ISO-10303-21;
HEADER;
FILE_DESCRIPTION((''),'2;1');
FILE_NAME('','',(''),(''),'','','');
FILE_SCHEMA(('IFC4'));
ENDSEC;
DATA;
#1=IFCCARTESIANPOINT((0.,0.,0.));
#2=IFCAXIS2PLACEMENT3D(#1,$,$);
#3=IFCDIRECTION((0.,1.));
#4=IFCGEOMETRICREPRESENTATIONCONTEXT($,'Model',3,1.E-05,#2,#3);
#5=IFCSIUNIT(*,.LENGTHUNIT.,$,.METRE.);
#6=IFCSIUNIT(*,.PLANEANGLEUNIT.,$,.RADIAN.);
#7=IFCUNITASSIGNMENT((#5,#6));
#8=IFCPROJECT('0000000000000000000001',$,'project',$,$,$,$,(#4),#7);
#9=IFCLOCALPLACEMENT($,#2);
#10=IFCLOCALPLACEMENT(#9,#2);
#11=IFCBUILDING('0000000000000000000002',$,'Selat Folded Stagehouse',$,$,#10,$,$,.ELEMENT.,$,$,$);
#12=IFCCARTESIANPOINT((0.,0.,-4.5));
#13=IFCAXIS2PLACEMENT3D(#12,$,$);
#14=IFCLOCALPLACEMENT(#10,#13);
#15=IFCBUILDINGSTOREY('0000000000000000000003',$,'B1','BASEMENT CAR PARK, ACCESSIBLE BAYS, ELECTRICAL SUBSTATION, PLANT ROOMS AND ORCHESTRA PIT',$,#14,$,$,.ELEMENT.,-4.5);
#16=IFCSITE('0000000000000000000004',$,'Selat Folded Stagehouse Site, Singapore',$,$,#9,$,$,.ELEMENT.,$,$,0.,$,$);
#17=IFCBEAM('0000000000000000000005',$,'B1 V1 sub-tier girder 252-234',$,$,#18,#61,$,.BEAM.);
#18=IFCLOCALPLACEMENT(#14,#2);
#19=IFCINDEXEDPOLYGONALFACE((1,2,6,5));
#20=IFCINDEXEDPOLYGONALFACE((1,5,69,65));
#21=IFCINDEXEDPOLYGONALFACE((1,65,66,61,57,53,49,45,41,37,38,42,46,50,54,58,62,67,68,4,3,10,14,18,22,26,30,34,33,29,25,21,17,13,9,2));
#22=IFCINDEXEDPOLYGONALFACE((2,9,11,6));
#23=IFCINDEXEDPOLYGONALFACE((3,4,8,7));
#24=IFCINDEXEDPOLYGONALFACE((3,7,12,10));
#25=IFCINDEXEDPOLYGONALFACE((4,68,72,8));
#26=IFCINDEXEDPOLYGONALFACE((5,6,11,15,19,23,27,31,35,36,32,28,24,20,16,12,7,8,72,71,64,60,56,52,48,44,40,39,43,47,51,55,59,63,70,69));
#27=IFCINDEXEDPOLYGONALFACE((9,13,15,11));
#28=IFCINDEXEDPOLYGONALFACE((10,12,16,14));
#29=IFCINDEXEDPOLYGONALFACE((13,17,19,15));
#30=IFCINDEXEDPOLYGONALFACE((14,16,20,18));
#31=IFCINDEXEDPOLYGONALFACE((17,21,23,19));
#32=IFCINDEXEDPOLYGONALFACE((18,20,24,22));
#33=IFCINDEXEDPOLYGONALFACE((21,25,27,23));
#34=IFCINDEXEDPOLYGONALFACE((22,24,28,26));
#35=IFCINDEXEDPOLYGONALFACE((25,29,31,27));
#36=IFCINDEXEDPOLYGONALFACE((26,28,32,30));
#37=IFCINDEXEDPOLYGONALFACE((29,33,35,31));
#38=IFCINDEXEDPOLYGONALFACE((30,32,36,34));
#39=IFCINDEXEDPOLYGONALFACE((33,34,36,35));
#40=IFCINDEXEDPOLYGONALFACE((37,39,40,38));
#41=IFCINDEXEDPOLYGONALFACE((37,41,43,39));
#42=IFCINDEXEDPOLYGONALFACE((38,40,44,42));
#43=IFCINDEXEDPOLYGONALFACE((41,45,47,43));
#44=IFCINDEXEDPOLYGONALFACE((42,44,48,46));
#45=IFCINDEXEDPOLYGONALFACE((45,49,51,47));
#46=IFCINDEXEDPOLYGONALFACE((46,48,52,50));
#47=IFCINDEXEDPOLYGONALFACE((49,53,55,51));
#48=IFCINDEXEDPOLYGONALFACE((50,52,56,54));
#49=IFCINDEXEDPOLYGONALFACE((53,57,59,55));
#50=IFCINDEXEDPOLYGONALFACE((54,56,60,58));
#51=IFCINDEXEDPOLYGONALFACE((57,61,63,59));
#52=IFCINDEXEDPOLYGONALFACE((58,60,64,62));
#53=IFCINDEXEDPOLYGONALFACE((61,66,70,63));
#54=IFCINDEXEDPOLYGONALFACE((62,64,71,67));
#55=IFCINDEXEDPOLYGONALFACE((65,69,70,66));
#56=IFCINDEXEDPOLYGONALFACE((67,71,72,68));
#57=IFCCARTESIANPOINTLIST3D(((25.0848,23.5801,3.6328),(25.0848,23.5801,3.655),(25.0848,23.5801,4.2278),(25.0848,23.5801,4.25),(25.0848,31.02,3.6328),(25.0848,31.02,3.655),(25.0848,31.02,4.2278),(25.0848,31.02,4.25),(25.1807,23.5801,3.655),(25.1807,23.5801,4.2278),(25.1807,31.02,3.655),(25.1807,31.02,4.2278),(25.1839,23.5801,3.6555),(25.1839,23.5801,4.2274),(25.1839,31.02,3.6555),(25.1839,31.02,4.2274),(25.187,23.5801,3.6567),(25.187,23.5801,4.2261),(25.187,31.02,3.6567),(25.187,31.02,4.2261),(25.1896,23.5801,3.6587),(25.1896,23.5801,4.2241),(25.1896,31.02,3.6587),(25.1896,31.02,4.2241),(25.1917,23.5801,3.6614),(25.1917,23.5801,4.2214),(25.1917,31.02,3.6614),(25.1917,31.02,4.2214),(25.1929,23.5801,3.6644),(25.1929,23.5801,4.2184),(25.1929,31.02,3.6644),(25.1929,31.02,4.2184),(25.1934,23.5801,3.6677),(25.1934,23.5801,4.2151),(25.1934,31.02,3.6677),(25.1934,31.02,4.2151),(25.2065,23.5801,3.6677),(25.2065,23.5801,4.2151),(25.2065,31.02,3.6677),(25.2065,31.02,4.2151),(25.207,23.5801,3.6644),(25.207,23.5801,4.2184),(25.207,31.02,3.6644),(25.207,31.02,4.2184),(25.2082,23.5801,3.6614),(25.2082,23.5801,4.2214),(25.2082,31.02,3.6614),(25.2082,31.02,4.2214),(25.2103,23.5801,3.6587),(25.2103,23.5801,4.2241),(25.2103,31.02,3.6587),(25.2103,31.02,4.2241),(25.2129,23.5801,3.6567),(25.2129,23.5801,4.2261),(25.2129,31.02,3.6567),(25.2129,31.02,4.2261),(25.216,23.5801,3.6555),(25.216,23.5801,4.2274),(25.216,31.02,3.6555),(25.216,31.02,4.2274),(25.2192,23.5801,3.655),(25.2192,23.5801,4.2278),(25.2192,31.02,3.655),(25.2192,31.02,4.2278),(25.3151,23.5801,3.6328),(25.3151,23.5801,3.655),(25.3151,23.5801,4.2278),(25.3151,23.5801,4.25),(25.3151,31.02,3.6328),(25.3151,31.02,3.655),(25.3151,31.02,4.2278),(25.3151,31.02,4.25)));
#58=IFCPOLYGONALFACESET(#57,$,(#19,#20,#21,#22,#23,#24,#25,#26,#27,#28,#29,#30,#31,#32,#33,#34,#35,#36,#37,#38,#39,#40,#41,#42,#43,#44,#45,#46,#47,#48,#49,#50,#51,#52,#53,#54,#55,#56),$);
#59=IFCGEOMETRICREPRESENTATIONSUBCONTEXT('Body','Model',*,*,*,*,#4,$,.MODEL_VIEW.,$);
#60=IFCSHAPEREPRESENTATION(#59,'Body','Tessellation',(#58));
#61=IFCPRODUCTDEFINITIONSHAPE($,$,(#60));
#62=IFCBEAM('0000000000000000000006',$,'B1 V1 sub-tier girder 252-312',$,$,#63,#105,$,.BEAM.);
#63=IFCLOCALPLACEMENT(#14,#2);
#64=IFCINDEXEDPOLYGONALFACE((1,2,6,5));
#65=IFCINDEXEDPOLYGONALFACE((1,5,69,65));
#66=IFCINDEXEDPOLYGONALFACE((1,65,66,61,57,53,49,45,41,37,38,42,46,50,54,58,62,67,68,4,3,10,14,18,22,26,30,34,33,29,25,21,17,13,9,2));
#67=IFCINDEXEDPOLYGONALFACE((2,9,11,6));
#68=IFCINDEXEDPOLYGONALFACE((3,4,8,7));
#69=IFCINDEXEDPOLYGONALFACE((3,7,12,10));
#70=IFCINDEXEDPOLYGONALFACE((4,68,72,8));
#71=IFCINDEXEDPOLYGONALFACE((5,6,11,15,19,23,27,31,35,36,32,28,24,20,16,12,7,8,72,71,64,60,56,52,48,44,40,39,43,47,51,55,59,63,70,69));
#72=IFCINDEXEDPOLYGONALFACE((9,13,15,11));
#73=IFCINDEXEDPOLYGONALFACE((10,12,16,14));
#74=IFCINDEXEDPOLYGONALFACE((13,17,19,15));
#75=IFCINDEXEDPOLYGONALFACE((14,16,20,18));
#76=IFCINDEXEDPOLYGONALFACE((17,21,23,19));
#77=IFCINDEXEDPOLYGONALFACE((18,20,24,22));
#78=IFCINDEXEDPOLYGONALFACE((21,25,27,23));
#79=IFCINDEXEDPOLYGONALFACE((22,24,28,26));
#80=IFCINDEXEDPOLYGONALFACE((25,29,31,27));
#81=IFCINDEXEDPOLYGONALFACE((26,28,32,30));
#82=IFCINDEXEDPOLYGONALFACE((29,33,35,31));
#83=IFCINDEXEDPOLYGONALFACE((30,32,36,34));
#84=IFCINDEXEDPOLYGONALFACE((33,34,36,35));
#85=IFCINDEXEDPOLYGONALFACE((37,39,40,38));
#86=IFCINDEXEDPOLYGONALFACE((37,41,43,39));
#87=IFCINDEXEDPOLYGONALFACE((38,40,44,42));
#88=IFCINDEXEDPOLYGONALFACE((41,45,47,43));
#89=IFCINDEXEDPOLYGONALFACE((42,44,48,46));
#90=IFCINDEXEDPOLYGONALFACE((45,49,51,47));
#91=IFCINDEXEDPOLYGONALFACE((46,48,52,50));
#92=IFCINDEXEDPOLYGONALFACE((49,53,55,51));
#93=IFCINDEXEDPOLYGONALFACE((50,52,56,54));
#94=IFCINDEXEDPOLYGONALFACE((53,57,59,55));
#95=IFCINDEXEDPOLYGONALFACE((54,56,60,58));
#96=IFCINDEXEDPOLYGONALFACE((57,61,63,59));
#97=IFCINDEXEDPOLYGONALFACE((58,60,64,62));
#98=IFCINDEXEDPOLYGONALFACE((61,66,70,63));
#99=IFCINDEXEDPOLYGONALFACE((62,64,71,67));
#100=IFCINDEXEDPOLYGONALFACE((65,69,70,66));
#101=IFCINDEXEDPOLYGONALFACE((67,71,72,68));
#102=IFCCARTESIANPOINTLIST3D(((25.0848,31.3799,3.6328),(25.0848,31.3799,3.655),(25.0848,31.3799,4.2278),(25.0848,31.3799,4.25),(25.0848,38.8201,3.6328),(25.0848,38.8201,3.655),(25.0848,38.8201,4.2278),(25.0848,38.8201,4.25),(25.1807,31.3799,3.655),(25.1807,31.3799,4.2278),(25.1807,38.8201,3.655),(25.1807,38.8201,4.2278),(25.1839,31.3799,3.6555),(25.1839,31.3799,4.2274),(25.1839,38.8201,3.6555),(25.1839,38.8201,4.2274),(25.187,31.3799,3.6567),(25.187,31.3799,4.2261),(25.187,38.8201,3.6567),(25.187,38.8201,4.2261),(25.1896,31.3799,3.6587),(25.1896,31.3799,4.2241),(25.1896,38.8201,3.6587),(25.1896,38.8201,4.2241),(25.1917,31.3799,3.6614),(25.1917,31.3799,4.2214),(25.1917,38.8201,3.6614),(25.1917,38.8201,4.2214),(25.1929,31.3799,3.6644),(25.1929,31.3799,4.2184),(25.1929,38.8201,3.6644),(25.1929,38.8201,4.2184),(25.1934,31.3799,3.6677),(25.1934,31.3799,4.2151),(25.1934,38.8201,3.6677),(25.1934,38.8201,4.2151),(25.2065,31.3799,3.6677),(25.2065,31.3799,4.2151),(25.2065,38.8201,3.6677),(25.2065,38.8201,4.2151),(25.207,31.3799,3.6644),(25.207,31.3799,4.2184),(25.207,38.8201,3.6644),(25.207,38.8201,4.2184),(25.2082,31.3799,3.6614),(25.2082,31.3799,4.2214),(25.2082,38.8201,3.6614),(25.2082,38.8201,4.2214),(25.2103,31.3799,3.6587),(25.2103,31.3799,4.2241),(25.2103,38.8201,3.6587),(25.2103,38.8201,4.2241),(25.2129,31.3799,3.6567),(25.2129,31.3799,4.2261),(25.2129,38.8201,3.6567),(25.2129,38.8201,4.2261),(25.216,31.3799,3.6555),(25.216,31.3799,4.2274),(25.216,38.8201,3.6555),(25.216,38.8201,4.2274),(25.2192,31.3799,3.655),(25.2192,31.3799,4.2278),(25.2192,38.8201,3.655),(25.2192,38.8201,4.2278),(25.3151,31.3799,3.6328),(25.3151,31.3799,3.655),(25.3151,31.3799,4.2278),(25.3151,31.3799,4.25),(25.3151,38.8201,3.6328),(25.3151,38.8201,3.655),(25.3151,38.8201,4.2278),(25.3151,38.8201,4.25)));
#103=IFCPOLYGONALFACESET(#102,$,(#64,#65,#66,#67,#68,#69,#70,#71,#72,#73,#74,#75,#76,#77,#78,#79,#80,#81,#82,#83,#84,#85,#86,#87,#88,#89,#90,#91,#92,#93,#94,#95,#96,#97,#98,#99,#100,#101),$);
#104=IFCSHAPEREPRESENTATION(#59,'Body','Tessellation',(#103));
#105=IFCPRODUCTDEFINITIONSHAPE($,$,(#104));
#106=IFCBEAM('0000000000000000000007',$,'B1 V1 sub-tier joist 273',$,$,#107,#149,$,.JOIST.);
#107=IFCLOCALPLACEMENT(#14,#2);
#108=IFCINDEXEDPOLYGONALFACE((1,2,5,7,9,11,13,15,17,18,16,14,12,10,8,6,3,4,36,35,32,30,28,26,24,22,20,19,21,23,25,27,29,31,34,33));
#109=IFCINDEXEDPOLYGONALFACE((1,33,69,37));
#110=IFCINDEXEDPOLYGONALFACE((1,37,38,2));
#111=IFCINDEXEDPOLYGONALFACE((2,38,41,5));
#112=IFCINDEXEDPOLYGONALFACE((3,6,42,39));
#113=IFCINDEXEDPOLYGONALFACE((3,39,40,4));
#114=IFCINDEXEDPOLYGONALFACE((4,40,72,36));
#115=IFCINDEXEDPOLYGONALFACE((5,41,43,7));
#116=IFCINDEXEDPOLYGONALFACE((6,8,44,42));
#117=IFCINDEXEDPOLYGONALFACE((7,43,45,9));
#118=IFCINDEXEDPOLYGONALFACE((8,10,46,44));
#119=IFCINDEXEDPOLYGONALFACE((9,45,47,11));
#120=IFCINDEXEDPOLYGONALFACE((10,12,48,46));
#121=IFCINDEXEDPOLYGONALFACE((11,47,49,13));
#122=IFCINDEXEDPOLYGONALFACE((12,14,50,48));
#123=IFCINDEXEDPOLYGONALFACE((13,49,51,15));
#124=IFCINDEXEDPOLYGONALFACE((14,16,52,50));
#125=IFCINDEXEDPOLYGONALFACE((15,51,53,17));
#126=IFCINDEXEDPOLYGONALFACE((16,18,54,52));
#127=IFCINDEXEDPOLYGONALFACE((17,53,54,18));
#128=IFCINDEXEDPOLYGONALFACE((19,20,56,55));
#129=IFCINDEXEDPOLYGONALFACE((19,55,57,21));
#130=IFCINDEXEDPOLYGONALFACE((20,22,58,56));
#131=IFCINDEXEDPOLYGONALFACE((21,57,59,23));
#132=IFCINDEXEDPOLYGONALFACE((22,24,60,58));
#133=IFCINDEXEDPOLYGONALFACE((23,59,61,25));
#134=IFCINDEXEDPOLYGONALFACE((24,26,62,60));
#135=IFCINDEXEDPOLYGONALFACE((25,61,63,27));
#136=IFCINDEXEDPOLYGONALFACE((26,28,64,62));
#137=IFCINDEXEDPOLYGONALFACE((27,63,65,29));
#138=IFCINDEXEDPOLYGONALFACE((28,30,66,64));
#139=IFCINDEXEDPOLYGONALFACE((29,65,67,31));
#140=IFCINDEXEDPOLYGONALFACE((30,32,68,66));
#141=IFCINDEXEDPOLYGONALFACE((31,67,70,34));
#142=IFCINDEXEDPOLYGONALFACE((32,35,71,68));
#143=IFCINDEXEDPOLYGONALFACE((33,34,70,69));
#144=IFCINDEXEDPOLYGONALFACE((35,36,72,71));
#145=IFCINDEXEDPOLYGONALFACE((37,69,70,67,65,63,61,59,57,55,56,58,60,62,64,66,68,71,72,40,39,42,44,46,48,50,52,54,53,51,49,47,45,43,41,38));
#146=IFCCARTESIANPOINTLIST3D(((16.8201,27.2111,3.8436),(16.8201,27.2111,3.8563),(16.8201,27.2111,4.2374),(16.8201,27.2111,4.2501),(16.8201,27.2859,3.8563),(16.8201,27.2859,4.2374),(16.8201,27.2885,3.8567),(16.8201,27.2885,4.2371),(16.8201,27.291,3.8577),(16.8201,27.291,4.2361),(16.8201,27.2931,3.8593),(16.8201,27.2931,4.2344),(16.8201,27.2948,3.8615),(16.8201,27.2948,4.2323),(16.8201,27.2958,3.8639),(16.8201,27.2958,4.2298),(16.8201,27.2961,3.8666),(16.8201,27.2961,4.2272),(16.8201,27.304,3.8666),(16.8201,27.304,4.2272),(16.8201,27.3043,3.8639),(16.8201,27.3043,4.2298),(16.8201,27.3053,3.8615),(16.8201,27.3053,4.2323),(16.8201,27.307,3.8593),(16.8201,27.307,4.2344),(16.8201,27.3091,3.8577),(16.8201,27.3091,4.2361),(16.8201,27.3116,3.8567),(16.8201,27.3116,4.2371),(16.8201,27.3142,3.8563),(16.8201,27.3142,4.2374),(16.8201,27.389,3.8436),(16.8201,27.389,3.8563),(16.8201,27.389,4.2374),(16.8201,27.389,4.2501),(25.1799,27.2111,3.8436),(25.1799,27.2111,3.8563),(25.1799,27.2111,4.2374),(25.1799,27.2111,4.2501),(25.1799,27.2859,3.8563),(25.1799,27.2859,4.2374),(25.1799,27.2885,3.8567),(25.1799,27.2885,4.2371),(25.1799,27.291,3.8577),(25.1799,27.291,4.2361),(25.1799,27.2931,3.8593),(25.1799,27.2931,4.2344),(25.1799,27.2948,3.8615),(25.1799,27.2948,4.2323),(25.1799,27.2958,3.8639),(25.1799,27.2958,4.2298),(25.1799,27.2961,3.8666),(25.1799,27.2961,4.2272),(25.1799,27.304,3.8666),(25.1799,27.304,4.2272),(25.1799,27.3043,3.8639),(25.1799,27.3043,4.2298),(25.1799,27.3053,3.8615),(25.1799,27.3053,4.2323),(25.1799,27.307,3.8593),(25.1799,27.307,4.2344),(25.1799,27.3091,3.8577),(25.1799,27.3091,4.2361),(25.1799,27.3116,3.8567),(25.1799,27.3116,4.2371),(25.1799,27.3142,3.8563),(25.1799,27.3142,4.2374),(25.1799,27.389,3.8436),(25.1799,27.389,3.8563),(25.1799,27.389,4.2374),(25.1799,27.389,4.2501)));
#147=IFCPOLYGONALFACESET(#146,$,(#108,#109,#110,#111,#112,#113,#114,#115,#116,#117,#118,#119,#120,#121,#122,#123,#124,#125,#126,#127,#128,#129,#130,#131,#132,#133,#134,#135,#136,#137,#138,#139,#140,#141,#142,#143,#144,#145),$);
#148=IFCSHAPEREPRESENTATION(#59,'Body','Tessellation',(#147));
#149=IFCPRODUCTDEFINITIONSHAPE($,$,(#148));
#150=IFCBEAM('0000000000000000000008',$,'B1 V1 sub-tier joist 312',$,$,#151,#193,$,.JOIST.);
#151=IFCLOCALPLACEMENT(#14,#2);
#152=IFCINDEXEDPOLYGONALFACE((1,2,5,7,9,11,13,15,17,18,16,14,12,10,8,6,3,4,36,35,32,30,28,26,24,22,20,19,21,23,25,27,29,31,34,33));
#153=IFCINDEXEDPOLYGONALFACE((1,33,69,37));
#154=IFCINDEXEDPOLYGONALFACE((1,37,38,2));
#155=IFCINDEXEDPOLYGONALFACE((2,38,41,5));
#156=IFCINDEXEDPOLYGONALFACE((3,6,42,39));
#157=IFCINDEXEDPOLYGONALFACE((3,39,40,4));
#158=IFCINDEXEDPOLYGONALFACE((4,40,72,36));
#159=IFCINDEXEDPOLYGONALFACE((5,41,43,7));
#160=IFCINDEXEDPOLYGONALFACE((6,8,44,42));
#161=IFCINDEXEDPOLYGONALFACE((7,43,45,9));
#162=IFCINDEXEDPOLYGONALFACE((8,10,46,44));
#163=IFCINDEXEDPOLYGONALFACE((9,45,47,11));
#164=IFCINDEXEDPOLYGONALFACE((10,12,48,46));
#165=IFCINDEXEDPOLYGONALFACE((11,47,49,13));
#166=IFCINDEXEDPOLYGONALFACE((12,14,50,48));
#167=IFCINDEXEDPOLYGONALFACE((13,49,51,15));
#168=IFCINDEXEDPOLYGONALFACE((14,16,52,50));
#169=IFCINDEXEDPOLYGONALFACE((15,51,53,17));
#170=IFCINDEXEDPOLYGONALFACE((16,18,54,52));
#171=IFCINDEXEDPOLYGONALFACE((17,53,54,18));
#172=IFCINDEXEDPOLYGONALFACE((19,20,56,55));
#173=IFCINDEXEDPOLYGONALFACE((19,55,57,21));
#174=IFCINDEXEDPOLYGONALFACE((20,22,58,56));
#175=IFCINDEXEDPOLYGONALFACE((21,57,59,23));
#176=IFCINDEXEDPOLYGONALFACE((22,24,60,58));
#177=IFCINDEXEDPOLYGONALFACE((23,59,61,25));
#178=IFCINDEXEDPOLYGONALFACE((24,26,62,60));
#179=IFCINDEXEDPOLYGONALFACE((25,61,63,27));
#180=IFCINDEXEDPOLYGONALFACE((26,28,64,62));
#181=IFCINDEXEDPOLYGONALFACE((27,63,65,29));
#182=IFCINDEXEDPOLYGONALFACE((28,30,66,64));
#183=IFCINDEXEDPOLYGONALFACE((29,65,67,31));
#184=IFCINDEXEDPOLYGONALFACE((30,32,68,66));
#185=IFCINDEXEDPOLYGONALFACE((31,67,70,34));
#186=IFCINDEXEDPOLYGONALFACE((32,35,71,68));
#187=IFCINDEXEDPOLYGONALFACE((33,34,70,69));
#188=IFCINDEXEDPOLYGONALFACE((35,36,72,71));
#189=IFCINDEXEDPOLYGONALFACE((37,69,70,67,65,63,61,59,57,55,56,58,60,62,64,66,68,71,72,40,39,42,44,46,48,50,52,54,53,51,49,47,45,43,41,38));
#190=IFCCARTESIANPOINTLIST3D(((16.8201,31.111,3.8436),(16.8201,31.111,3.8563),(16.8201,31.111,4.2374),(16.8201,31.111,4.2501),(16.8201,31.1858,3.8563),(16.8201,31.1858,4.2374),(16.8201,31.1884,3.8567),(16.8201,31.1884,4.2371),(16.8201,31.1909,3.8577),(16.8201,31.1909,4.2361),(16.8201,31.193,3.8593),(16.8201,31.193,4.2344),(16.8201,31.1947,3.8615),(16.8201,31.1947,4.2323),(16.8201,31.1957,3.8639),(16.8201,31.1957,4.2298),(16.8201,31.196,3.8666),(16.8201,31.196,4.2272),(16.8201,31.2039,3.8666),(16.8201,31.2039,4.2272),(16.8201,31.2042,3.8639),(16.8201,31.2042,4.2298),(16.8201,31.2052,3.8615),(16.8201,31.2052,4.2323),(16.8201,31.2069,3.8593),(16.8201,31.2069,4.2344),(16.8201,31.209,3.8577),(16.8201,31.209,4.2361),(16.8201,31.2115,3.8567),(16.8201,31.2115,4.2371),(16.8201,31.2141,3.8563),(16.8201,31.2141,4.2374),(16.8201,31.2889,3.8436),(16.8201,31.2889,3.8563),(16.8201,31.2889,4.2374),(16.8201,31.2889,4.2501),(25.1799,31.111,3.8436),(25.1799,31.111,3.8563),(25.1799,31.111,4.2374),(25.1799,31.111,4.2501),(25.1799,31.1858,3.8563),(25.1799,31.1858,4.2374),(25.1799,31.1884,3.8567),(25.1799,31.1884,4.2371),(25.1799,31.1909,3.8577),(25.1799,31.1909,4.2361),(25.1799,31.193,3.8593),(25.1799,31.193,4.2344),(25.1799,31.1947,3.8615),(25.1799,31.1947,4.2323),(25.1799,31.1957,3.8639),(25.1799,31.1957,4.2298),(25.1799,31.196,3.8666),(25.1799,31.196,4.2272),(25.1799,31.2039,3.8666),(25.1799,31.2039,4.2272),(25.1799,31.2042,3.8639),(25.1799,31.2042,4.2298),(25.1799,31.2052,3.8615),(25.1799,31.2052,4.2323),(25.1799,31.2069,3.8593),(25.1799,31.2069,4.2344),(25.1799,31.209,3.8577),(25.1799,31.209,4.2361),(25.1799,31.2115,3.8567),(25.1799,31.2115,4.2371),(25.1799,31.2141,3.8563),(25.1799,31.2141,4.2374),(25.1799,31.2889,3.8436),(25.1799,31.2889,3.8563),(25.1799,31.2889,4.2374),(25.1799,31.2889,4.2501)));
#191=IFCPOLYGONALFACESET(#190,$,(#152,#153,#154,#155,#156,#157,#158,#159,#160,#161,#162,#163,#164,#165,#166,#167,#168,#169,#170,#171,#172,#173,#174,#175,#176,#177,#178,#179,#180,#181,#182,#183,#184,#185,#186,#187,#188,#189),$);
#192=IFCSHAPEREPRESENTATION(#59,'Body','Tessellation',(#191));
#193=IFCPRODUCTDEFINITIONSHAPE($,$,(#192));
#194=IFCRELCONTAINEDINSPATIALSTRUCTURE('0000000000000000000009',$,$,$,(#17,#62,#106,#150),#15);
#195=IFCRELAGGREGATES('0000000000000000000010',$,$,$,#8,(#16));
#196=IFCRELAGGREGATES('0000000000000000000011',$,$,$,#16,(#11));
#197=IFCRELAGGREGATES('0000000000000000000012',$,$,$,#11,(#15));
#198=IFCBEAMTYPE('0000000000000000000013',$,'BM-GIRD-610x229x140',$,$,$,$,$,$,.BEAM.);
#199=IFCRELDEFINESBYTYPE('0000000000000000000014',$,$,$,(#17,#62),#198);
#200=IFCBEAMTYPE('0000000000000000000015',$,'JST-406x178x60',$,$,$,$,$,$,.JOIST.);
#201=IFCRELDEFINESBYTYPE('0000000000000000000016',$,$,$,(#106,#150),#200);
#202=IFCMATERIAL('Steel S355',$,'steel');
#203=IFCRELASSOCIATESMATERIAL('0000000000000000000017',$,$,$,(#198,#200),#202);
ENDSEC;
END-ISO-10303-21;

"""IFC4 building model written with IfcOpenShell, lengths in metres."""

from ifc_helpers import new_model, si_unit, direction, frame, origin, origin_2d, place, context, subcontext, project, spatial, i_section, extrude, material, material_profile, profile_set, type_object, element, save


model = new_model("IFC4")

# Units and contexts
model_context = context("Model", 3, precision=1e-05, world=origin(), true_north=direction((0.0, 1.0)))
body_context = subcontext(model_context, "Body", "Model", "MODEL_VIEW")
ifc_project = project(units=[si_unit("LENGTHUNIT", "METRE"), si_unit("PLANEANGLEUNIT", "RADIAN")], contexts=[model_context])

# Site, building, storey
site_placement = place(None, origin())
site = spatial("IfcSite", under=ifc_project, at=site_placement, Name="Selat Folded Stagehouse Site, Singapore", CompositionType="ELEMENT", RefElevation=0.0)
building_placement = place(site_placement, origin())
building = spatial("IfcBuilding", under=site, at=building_placement, Name="Selat Folded Stagehouse", CompositionType="ELEMENT")
storey_placement = place(building_placement, frame((0.0, 0.0, -4.5)))
storey = spatial("IfcBuildingStorey", under=building, at=storey_placement, Name="B1", Description="BASEMENT CAR PARK, ACCESSIBLE BAYS, ELECTRICAL SUBSTATION, PLANT ROOMS AND ORCHESTRA PIT", CompositionType="ELEMENT", Elevation=-4.5)

# Shared definitions
ifc_material_1 = material(Name="Steel S355", Category="steel")

# Beams
ifc_material_profile_1 = material_profile(ifc_material_1, i_section(OverallWidth=0.2302, OverallDepth=0.6172, WebThickness=0.0132, FlangeThickness=0.0222, FilletRadius=0.0127, at=origin_2d()), Name="UKB 610x229x140")
ifc_profile_set_1 = profile_set([ifc_material_profile_1], Name="Steel S355")
beam_type_1 = type_object("IfcBeamType", Name="BM-GIRD-610x229x140", PredefinedType="BEAM", material=ifc_profile_set_1)
beam_1_placement = place(storey_placement, frame((25.2, 23.5801, 3.9414), z_axis=(0.0, 1.0, 0.0), x_axis=(-1.0, 0.0, 0.0)))
element("IfcBeam", 1, at=beam_1_placement, inside=storey, type_object=beam_type_1, Name="B1 V1 sub-tier girder 252-234", PredefinedType="BEAM", context=body_context, shape_type="SweptSolid", body=[
    extrude(i_section(OverallWidth=0.2302, OverallDepth=0.6172, WebThickness=0.0132, FlangeThickness=0.0222, FilletRadius=0.0127, at=origin_2d()), origin(), (0.0, 0.0, 1.0), 7.4399),
])
beam_2_placement = place(storey_placement, frame((25.2, 31.3799, 3.9414), z_axis=(0.0, 1.0, 0.0), x_axis=(-1.0, 0.0, 0.0)))
element("IfcBeam", 2, at=beam_2_placement, inside=storey, type_object=beam_type_1, Name="B1 V1 sub-tier girder 252-312", PredefinedType="BEAM", context=body_context, shape_type="SweptSolid", body=[
    extrude(i_section(OverallWidth=0.2302, OverallDepth=0.6172, WebThickness=0.0132, FlangeThickness=0.0222, FilletRadius=0.0127, at=origin_2d()), origin(), (0.0, 0.0, 1.0), 7.4402),
])
ifc_material_profile_2 = material_profile(ifc_material_1, i_section(OverallWidth=0.178, OverallDepth=0.4065, WebThickness=0.0078, FlangeThickness=0.0127, FilletRadius=0.0103, at=origin_2d()), Name="UKB 406x178x60")
ifc_profile_set_2 = profile_set([ifc_material_profile_2], Name="Steel S355")
beam_type_2 = type_object("IfcBeamType", Name="JST-406x178x60", PredefinedType="JOIST", material=ifc_profile_set_2)
for number, where, z_axis, x_axis, name in (
    (3, (16.8201, 27.3, 4.0469), (1.0, 0.0, 0.0), (0.0, 1.0, 0.0), "B1 V1 sub-tier joist 273"),
    (4, (16.8201, 31.2, 4.0469), (1.0, 0.0, 0.0), (0.0, 1.0, 0.0), "B1 V1 sub-tier joist 312"),
):
    element("IfcBeam", number, at=place(storey_placement, frame(where, z_axis=z_axis, x_axis=x_axis)), inside=storey, type_object=beam_type_2, Name=name, PredefinedType="JOIST", context=body_context, shape_type="SweptSolid", body=[
        extrude(i_section(OverallWidth=0.178, OverallDepth=0.4065, WebThickness=0.0078, FlangeThickness=0.0127, FilletRadius=0.0103, at=origin_2d()), origin(), (0.0, 0.0, 1.0), 8.3599),
    ])

save(model, "model.ifc")
